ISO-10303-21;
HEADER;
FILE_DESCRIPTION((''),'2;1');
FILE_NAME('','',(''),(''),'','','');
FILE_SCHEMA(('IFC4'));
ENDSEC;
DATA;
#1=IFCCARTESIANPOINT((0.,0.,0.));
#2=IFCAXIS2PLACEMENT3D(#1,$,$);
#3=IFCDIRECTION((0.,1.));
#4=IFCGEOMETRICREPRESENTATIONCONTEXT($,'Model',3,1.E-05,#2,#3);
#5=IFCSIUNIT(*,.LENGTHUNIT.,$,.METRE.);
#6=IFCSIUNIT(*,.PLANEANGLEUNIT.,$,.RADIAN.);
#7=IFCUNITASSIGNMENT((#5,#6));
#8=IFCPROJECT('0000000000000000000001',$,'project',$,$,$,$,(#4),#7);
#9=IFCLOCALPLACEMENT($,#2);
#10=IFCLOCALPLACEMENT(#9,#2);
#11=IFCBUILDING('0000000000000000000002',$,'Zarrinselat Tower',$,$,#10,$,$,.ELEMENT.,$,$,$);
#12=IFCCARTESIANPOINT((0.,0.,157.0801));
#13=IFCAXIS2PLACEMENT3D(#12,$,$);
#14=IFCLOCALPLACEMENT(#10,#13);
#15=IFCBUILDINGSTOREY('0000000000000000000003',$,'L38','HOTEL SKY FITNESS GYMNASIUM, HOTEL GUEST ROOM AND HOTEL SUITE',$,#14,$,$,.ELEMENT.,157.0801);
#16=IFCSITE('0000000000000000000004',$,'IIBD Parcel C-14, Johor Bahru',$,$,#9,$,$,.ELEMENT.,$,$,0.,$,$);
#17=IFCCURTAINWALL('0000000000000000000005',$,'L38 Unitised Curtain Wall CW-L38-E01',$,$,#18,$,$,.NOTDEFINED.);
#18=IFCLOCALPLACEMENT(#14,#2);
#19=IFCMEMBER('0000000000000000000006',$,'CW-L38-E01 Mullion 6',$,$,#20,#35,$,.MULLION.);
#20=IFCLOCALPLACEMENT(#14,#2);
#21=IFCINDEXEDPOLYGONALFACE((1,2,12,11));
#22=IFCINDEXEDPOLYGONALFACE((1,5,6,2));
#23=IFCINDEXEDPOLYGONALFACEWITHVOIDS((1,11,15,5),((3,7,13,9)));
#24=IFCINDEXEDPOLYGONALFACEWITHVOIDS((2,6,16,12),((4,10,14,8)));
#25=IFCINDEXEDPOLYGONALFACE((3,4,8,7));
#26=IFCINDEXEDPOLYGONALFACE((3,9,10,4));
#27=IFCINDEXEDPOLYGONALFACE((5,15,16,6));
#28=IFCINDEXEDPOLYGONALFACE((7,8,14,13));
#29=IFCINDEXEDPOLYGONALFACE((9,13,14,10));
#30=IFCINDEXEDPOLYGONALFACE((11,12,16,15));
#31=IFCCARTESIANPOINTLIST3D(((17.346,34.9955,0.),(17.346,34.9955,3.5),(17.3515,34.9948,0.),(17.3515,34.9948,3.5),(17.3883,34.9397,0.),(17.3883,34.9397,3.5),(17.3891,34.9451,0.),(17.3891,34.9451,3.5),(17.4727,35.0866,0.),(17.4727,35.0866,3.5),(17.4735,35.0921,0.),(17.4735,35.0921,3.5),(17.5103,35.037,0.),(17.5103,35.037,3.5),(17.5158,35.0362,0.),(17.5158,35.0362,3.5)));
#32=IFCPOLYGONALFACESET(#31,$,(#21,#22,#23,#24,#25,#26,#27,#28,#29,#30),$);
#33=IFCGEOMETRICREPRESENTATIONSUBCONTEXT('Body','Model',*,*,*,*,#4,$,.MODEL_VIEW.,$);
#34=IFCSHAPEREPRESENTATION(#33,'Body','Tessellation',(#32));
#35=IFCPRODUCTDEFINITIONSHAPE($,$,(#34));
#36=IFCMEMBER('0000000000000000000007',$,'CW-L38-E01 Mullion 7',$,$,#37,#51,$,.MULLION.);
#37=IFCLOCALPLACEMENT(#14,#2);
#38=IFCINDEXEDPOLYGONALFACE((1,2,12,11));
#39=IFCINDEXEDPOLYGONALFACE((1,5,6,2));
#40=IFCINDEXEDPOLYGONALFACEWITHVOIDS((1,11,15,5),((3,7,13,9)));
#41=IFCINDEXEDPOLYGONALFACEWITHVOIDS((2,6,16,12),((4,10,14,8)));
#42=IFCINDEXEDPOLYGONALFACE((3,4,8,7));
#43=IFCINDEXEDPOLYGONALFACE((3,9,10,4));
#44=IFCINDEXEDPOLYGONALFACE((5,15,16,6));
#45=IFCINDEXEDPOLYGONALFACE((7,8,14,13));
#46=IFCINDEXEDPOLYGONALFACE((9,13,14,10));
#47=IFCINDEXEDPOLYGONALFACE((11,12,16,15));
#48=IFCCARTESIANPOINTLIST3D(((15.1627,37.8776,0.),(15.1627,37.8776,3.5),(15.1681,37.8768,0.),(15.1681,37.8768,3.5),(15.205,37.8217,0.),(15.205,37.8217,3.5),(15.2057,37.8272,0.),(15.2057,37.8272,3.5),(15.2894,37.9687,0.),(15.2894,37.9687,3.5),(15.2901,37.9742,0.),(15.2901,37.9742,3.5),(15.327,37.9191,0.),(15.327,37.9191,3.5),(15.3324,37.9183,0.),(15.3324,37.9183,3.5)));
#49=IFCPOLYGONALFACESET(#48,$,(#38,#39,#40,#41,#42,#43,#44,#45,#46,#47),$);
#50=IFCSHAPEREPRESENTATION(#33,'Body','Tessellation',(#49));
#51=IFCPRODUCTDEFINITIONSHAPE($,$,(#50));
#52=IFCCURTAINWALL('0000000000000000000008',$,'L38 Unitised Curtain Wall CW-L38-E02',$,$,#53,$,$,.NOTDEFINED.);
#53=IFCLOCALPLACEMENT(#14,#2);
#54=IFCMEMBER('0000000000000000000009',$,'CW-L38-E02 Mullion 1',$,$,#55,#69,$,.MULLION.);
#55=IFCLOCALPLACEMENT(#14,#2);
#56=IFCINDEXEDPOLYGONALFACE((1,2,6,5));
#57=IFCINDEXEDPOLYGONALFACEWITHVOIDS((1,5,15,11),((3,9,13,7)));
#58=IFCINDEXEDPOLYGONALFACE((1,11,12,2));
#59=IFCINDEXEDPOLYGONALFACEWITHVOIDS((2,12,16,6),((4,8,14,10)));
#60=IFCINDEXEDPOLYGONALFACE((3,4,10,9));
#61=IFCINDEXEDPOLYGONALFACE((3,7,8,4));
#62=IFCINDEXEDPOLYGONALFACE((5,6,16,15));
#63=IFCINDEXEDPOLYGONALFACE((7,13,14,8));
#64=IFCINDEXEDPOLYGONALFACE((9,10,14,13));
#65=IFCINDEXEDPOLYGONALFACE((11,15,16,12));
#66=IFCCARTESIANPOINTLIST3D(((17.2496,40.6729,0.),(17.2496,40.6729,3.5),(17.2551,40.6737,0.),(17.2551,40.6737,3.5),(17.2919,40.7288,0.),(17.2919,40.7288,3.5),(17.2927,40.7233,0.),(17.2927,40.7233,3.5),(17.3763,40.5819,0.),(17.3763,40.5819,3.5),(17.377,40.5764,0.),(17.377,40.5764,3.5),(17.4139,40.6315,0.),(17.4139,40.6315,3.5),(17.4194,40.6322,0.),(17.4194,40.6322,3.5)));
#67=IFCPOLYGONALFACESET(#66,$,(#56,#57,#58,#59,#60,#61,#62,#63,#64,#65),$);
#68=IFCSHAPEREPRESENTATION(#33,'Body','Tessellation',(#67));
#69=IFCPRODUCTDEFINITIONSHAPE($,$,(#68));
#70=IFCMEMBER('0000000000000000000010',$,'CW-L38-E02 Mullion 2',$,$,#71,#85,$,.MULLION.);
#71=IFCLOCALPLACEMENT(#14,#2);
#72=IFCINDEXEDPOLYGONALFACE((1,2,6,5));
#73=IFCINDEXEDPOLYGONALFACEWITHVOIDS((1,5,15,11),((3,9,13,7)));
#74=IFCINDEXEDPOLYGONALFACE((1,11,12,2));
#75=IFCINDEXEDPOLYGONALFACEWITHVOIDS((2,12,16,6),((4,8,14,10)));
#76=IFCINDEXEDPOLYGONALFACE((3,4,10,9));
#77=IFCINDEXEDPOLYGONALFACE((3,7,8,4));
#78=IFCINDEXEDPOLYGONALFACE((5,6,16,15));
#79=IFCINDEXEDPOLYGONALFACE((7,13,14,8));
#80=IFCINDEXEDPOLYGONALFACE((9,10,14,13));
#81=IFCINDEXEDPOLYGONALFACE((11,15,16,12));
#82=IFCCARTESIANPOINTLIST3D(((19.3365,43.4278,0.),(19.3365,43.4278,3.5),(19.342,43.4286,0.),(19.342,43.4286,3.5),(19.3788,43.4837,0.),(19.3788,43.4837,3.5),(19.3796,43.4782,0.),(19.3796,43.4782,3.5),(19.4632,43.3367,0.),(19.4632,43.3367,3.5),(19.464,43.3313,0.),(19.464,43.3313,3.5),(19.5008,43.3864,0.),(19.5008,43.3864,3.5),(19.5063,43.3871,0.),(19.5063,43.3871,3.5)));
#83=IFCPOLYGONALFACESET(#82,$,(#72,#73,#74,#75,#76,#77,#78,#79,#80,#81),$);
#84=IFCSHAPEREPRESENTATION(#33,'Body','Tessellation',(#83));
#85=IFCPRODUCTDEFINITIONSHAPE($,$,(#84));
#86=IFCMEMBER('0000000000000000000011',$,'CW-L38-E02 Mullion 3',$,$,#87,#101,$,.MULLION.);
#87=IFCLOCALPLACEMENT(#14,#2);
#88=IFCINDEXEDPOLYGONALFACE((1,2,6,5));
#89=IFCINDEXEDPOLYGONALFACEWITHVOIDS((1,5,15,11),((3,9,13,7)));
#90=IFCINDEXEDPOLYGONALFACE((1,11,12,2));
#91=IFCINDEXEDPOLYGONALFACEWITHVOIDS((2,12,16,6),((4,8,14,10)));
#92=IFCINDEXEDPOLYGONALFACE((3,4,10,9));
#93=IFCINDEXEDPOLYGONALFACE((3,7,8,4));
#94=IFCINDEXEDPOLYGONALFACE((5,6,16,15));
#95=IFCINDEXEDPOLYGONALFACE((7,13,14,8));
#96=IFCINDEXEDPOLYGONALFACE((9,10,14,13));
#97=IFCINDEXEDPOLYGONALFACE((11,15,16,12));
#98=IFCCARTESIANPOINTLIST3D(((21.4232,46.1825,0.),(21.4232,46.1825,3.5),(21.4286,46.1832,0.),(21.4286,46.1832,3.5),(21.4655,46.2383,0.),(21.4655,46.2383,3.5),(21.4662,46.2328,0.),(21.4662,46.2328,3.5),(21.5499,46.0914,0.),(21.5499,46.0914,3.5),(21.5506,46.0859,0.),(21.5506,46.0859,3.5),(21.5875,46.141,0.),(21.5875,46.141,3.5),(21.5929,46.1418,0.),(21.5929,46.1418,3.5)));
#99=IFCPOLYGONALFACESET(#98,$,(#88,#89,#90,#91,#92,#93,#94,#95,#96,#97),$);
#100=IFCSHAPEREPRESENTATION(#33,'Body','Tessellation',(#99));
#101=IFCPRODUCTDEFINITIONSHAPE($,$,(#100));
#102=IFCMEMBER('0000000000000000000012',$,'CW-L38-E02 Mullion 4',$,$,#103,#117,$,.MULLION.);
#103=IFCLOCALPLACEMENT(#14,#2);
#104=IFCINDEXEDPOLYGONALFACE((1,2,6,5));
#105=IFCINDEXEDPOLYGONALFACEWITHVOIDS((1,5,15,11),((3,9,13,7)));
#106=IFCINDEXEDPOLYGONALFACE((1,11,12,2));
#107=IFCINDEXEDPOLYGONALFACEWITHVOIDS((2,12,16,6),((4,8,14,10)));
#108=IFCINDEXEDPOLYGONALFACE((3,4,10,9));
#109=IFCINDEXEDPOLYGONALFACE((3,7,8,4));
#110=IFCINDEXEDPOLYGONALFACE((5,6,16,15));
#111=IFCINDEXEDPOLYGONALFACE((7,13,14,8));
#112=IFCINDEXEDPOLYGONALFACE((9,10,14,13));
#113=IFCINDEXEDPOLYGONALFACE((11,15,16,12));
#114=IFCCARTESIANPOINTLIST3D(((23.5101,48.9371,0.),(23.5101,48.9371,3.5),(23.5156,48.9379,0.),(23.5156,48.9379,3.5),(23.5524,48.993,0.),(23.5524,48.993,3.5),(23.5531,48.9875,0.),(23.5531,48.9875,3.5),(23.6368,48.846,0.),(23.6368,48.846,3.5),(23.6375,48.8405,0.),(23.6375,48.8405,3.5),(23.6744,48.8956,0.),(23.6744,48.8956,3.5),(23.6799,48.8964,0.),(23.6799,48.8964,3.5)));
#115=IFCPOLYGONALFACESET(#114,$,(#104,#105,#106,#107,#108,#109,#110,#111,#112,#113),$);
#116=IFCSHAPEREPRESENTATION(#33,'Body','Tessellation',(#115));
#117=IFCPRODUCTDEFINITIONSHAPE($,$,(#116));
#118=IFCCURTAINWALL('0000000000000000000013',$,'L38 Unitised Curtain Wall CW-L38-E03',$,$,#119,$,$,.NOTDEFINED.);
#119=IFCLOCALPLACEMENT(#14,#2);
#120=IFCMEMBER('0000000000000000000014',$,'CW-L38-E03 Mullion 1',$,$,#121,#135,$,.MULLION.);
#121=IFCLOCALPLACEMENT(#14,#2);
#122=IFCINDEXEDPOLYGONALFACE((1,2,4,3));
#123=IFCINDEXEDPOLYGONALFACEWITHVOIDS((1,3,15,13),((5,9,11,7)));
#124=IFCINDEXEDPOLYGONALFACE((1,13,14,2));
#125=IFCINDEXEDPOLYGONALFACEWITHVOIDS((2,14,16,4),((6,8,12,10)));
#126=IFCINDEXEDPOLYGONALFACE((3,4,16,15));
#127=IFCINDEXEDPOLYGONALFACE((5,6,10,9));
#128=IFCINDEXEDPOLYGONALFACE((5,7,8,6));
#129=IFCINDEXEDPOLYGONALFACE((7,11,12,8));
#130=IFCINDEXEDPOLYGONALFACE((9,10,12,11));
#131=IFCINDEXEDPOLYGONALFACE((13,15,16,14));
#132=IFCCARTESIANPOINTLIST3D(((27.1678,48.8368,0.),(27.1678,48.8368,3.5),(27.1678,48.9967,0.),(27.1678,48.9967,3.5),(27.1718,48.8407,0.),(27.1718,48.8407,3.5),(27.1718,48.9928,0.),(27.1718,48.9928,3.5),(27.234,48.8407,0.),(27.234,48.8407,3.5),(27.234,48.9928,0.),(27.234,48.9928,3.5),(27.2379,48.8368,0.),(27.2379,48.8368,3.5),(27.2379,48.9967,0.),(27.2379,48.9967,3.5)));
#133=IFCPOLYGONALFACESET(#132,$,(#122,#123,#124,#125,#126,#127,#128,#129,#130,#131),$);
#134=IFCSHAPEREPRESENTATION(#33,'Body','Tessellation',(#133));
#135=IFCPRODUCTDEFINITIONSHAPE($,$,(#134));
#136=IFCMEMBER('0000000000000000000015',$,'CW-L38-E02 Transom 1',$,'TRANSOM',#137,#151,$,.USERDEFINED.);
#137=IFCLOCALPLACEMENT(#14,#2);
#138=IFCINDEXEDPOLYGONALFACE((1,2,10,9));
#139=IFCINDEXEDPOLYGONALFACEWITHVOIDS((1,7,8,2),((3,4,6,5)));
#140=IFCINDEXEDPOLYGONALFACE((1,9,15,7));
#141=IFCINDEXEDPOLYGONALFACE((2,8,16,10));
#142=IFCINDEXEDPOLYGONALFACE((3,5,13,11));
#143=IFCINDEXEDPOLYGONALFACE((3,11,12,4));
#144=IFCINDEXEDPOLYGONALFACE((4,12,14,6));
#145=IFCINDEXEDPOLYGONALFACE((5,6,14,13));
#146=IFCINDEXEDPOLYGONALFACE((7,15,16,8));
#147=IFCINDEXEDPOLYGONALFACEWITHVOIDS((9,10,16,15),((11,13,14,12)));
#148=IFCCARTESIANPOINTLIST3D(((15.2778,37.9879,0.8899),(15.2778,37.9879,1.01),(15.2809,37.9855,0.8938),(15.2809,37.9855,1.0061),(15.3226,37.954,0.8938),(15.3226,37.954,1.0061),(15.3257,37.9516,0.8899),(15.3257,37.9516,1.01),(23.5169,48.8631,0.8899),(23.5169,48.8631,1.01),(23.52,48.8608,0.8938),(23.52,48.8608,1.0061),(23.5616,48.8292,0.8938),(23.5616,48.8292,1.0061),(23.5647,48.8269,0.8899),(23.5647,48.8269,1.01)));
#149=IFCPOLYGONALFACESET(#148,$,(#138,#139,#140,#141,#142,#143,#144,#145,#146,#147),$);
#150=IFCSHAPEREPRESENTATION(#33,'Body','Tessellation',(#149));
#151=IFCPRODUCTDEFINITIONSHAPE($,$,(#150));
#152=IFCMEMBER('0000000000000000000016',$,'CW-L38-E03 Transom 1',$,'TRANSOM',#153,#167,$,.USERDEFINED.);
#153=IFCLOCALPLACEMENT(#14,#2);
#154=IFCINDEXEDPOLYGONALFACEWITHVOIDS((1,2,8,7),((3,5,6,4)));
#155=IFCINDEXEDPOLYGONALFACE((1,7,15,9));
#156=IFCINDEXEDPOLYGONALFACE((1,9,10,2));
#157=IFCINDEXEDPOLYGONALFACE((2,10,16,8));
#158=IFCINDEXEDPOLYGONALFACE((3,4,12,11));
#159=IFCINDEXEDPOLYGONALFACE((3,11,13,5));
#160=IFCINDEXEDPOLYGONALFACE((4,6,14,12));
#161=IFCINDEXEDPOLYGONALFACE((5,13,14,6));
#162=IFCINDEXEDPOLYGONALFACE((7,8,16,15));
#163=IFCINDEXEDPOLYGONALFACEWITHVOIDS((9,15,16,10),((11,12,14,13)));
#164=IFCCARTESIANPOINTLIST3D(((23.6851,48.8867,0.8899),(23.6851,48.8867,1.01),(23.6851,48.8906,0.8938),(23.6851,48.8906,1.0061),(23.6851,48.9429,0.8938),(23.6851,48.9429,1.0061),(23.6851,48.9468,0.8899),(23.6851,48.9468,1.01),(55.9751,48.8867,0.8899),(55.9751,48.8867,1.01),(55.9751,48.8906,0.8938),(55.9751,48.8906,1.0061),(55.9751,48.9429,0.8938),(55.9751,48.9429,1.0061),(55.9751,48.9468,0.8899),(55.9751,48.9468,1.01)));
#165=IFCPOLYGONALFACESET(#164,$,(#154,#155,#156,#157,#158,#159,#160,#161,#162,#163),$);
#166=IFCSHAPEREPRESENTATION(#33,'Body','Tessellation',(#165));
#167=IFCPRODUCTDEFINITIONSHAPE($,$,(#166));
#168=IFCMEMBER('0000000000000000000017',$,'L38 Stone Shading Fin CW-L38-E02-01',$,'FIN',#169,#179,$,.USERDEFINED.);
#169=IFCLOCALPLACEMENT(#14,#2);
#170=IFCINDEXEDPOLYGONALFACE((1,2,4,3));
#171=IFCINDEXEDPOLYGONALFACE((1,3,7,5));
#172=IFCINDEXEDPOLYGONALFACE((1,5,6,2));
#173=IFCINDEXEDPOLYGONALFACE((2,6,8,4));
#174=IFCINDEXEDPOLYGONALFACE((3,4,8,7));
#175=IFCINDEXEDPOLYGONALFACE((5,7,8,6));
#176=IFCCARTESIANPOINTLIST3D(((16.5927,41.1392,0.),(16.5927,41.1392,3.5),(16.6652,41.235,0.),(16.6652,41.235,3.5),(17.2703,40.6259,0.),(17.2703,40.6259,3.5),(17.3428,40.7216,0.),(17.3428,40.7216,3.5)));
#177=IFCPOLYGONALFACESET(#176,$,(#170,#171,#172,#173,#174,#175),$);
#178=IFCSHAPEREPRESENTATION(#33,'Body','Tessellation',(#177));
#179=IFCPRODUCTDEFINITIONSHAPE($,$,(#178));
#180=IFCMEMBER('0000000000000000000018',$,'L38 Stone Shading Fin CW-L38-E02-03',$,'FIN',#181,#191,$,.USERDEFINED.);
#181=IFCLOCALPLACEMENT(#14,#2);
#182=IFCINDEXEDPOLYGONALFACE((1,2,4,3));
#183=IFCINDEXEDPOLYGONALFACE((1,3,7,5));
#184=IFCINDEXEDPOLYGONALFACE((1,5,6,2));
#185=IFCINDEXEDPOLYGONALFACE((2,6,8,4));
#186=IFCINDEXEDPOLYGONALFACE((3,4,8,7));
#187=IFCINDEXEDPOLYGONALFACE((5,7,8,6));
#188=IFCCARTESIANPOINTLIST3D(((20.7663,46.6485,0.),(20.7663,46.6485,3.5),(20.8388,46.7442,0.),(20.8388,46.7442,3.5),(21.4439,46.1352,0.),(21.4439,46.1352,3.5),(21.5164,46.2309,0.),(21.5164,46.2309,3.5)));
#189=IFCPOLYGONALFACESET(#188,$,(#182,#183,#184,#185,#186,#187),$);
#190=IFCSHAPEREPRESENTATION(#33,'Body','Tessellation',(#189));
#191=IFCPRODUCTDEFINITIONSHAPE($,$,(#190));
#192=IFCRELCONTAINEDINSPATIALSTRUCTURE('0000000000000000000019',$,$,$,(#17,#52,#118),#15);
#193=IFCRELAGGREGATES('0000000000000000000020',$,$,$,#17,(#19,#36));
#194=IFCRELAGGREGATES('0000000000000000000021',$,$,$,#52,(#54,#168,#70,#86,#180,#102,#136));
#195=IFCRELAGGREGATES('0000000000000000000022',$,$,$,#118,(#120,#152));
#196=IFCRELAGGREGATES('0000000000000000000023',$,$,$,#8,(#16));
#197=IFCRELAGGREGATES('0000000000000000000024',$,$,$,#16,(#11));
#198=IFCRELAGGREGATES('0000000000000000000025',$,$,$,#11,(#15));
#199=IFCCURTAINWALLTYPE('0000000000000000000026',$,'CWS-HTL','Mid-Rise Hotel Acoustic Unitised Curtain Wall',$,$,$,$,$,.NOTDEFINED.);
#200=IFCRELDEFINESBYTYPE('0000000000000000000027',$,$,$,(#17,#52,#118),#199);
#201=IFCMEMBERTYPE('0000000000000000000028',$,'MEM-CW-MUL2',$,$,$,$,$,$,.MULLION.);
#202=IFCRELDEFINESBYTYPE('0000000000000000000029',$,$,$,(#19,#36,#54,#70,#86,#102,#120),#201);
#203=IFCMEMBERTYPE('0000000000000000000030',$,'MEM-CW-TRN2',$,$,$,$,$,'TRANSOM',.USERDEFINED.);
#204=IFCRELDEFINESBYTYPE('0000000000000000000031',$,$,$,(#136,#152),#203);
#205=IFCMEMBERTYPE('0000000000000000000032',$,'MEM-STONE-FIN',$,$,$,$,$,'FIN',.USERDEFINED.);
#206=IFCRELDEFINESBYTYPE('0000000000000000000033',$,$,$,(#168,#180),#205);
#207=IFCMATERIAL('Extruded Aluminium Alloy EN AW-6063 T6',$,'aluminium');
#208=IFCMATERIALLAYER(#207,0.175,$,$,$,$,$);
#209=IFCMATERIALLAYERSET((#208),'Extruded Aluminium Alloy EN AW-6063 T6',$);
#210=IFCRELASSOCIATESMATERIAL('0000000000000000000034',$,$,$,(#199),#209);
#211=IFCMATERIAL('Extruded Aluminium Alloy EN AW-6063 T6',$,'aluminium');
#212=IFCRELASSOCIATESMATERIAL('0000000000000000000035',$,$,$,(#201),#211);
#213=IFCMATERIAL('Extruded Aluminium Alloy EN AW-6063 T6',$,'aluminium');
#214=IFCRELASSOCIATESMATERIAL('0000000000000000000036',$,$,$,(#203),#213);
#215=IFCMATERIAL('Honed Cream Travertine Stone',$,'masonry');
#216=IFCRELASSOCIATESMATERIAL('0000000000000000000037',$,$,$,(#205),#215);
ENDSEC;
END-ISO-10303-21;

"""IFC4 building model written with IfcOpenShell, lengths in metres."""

from ifc_helpers import new_model, si_unit, direction, frame, origin, origin_2d, place, context, subcontext, project, spatial, rectangle, hollow_rectangle, extrude, material, layer, layer_set, material_profile, profile_set, type_object, element, aggregate, save


model = new_model("IFC4")

# Units and contexts
model_context = context("Model", 3, precision=1e-05, world=origin(), true_north=direction((0.0, 1.0)))
body_context = subcontext(model_context, "Body", "Model", "MODEL_VIEW")
ifc_project = project(units=[si_unit("LENGTHUNIT", "METRE"), si_unit("PLANEANGLEUNIT", "RADIAN")], contexts=[model_context])

# Site, building, storey
site_placement = place(None, origin())
site = spatial("IfcSite", under=ifc_project, at=site_placement, Name="IIBD Parcel C-14, Johor Bahru", CompositionType="ELEMENT", RefElevation=0.0)
building_placement = place(site_placement, origin())
building = spatial("IfcBuilding", under=site, at=building_placement, Name="Zarrinselat Tower", CompositionType="ELEMENT")
storey_placement = place(building_placement, frame((0.0, 0.0, 157.0801)))
storey = spatial("IfcBuildingStorey", under=building, at=storey_placement, Name="L38", Description="HOTEL SKY FITNESS GYMNASIUM, HOTEL GUEST ROOM AND HOTEL SUITE", CompositionType="ELEMENT", Elevation=157.0801)

# Curtain walls, members
ifc_material_1 = material(Name="Extruded Aluminium Alloy EN AW-6063 T6", Category="aluminium")
ifc_layer_1 = layer(ifc_material_1, 0.175)
ifc_layer_set_1 = layer_set([ifc_layer_1], Name="Extruded Aluminium Alloy EN AW-6063 T6")
curtain_wall_type = type_object("IfcCurtainWallType", Name="CWS-HTL", Description="Mid-Rise Hotel Acoustic Unitised Curtain Wall", PredefinedType="NOTDEFINED", material=ifc_layer_set_1)
curtain_wall_1_placement = place(storey_placement, origin())
curtain_wall_1 = element("IfcCurtainWall", 1, at=curtain_wall_1_placement, inside=storey, type_object=curtain_wall_type, Name="L38 Unitised Curtain Wall CW-L38-E01", PredefinedType="NOTDEFINED")
ifc_material_2 = material(Name="Extruded Aluminium Alloy EN AW-6063 T6", Category="aluminium")
ifc_material_profile_1 = material_profile(ifc_material_2, hollow_rectangle(XDim=0.0701, YDim=0.1599, WallThickness=0.0039, at=origin_2d()), Name="RHS 160x70x4")
ifc_profile_set_1 = profile_set([ifc_material_profile_1], Name="Extruded Aluminium Alloy EN AW-6063 T6")
member_type_1 = type_object("IfcMemberType", Name="MEM-CW-MUL2", PredefinedType="MULLION", material=ifc_profile_set_1)
member_1_placement = place(storey_placement, frame((17.4309, 35.0159, 0.0), z_axis=(0.0, 0.0, 1.0), x_axis=(-0.603858, 0.797092, 0.0)))
member_1 = element("IfcMember", 2, at=member_1_placement, type_object=member_type_1, Name="CW-L38-E01 Mullion 6", PredefinedType="MULLION", context=body_context, shape_type="SweptSolid", body=[
    extrude(hollow_rectangle(XDim=0.0701, YDim=0.1599, WallThickness=0.0039, at=origin_2d()), origin(), (0.0, 0.0, 1.0), 3.5),
])
member_2_placement = place(storey_placement, frame((15.2476, 37.8979, 0.0), z_axis=(0.0, 0.0, 1.0), x_axis=(-0.603858, 0.797092, 0.0)))
member_2 = element("IfcMember", 3, at=member_2_placement, type_object=member_type_1, Name="CW-L38-E01 Mullion 7", PredefinedType="MULLION", context=body_context, shape_type="SweptSolid", body=[
    extrude(hollow_rectangle(XDim=0.0701, YDim=0.1599, WallThickness=0.0039, at=origin_2d()), origin(), (0.0, 0.0, 1.0), 3.5),
])
curtain_wall_2_placement = place(storey_placement, origin())
curtain_wall_2 = element("IfcCurtainWall", 4, at=curtain_wall_2_placement, inside=storey, type_object=curtain_wall_type, Name="L38 Unitised Curtain Wall CW-L38-E02", PredefinedType="NOTDEFINED")
member_3_placement = place(storey_placement, frame((17.3345, 40.6526, 0.0), z_axis=(0.0, 0.0, 1.0), x_axis=(0.603858, 0.797092, 0.0)))
member_3 = element("IfcMember", 5, at=member_3_placement, type_object=member_type_1, Name="CW-L38-E02 Mullion 1", PredefinedType="MULLION", context=body_context, shape_type="SweptSolid", body=[
    extrude(hollow_rectangle(XDim=0.0701, YDim=0.1599, WallThickness=0.0039, at=origin_2d()), origin(), (0.0, 0.0, 1.0), 3.5),
])
member_4_placement = place(storey_placement, frame((19.4214, 43.4075, 0.0), z_axis=(0.0, 0.0, 1.0), x_axis=(0.603858, 0.797092, 0.0)))
member_4 = element("IfcMember", 6, at=member_4_placement, type_object=member_type_1, Name="CW-L38-E02 Mullion 2", PredefinedType="MULLION", context=body_context, shape_type="SweptSolid", body=[
    extrude(hollow_rectangle(XDim=0.0701, YDim=0.1599, WallThickness=0.0039, at=origin_2d()), origin(), (0.0, 0.0, 1.0), 3.5),
])
member_5_placement = place(storey_placement, frame((21.5081, 46.1621, 0.0), z_axis=(0.0, 0.0, 1.0), x_axis=(0.603858, 0.797092, 0.0)))
member_5 = element("IfcMember", 7, at=member_5_placement, type_object=member_type_1, Name="CW-L38-E02 Mullion 3", PredefinedType="MULLION", context=body_context, shape_type="SweptSolid", body=[
    extrude(hollow_rectangle(XDim=0.0701, YDim=0.1599, WallThickness=0.0039, at=origin_2d()), origin(), (0.0, 0.0, 1.0), 3.5),
])
member_6_placement = place(storey_placement, frame((23.595, 48.9167, 0.0), z_axis=(0.0, 0.0, 1.0), x_axis=(0.603858, 0.797092, 0.0)))
member_6 = element("IfcMember", 8, at=member_6_placement, type_object=member_type_1, Name="CW-L38-E02 Mullion 4", PredefinedType="MULLION", context=body_context, shape_type="SweptSolid", body=[
    extrude(hollow_rectangle(XDim=0.0701, YDim=0.1599, WallThickness=0.0039, at=origin_2d()), origin(), (0.0, 0.0, 1.0), 3.5),
])

# Curtain wall, member
curtain_wall_3_placement = place(storey_placement, origin())
curtain_wall_3 = element("IfcCurtainWall", 9, at=curtain_wall_3_placement, inside=storey, type_object=curtain_wall_type, Name="L38 Unitised Curtain Wall CW-L38-E03", PredefinedType="NOTDEFINED")
member_7_placement = place(storey_placement, frame((27.2029, 48.9167, 0.0), z_axis=(0.0, 0.0, 1.0), x_axis=(1.0, 0.0, 0.0)))
member_7 = element("IfcMember", 10, at=member_7_placement, type_object=member_type_1, Name="CW-L38-E03 Mullion 1", PredefinedType="MULLION", context=body_context, shape_type="SweptSolid", body=[
    extrude(hollow_rectangle(XDim=0.0701, YDim=0.1599, WallThickness=0.0039, at=origin_2d()), origin(), (0.0, 0.0, 1.0), 3.5),
])

# Members
ifc_material_3 = material(Name="Extruded Aluminium Alloy EN AW-6063 T6", Category="aluminium")
ifc_material_profile_2 = material_profile(ifc_material_3, hollow_rectangle(XDim=0.0601, YDim=0.1201, WallThickness=0.0039, at=origin_2d()), Name="RHS 120x60x4")
ifc_profile_set_2 = profile_set([ifc_material_profile_2], Name="Extruded Aluminium Alloy EN AW-6063 T6")
member_type_2 = type_object("IfcMemberType", Name="MEM-CW-TRN2", ElementType="TRANSOM", PredefinedType="USERDEFINED", material=ifc_profile_set_2)
member_8_placement = place(storey_placement, frame((15.3018, 37.9697, 0.95), z_axis=(0.603867, 0.797085, 0.0), x_axis=(-0.797085, 0.603867, 0.0)))
member_8 = element("IfcMember", 11, at=member_8_placement, type_object=member_type_2, Name="CW-L38-E02 Transom 1", ObjectType="TRANSOM", PredefinedType="USERDEFINED", context=body_context, shape_type="SweptSolid", body=[
    extrude(hollow_rectangle(XDim=0.0601, YDim=0.1201, WallThickness=0.0039, at=origin_2d()), origin(), (0.0, 0.0, 1.0), 13.6438),
])
member_9_placement = place(storey_placement, frame((23.6851, 48.9167, 0.95), z_axis=(1.0, 0.0, 0.0), x_axis=(0.0, 1.0, 0.0)))
member_9 = element("IfcMember", 12, at=member_9_placement, type_object=member_type_2, Name="CW-L38-E03 Transom 1", ObjectType="TRANSOM", PredefinedType="USERDEFINED", context=body_context, shape_type="SweptSolid", body=[
    extrude(hollow_rectangle(XDim=0.0601, YDim=0.1201, WallThickness=0.0039, at=origin_2d()), origin(), (0.0, 0.0, 1.0), 32.29),
])
ifc_material_4 = material(Name="Honed Cream Travertine Stone", Category="masonry")
ifc_material_profile_3 = material_profile(ifc_material_4, rectangle(XDim=0.1201, YDim=0.8501, at=origin_2d()), Name="FIN 850x120")
ifc_profile_set_3 = profile_set([ifc_material_profile_3], Name="Honed Cream Travertine Stone")
member_type_3 = type_object("IfcMemberType", Name="MEM-STONE-FIN", ElementType="FIN", PredefinedType="USERDEFINED", material=ifc_profile_set_3)
member_10_placement = place(storey_placement, frame((16.9678, 40.9304, 0.0), z_axis=(0.0, 0.0, 1.0), x_axis=(0.603858, 0.797092, 0.0)))
member_10 = element("IfcMember", 13, at=member_10_placement, type_object=member_type_3, Name="L38 Stone Shading Fin CW-L38-E02-01", ObjectType="FIN", PredefinedType="USERDEFINED", context=body_context, shape_type="SweptSolid", body=[
    extrude(rectangle(XDim=0.1201, YDim=0.8501, at=origin_2d()), origin(), (0.0, 0.0, 1.0), 3.5),
])
member_11_placement = place(storey_placement, frame((21.1414, 46.4397, 0.0), z_axis=(0.0, 0.0, 1.0), x_axis=(0.603858, 0.797092, 0.0)))
member_11 = element("IfcMember", 14, at=member_11_placement, type_object=member_type_3, Name="L38 Stone Shading Fin CW-L38-E02-03", ObjectType="FIN", PredefinedType="USERDEFINED", context=body_context, shape_type="SweptSolid", body=[
    extrude(rectangle(XDim=0.1201, YDim=0.8501, at=origin_2d()), origin(), (0.0, 0.0, 1.0), 3.5),
])

aggregate(curtain_wall_1, [member_1, member_2])
aggregate(curtain_wall_2, [member_3, member_10, member_4, member_5, member_11, member_6, member_8])
aggregate(curtain_wall_3, [member_7, member_9])

save(model, "model.ifc")
